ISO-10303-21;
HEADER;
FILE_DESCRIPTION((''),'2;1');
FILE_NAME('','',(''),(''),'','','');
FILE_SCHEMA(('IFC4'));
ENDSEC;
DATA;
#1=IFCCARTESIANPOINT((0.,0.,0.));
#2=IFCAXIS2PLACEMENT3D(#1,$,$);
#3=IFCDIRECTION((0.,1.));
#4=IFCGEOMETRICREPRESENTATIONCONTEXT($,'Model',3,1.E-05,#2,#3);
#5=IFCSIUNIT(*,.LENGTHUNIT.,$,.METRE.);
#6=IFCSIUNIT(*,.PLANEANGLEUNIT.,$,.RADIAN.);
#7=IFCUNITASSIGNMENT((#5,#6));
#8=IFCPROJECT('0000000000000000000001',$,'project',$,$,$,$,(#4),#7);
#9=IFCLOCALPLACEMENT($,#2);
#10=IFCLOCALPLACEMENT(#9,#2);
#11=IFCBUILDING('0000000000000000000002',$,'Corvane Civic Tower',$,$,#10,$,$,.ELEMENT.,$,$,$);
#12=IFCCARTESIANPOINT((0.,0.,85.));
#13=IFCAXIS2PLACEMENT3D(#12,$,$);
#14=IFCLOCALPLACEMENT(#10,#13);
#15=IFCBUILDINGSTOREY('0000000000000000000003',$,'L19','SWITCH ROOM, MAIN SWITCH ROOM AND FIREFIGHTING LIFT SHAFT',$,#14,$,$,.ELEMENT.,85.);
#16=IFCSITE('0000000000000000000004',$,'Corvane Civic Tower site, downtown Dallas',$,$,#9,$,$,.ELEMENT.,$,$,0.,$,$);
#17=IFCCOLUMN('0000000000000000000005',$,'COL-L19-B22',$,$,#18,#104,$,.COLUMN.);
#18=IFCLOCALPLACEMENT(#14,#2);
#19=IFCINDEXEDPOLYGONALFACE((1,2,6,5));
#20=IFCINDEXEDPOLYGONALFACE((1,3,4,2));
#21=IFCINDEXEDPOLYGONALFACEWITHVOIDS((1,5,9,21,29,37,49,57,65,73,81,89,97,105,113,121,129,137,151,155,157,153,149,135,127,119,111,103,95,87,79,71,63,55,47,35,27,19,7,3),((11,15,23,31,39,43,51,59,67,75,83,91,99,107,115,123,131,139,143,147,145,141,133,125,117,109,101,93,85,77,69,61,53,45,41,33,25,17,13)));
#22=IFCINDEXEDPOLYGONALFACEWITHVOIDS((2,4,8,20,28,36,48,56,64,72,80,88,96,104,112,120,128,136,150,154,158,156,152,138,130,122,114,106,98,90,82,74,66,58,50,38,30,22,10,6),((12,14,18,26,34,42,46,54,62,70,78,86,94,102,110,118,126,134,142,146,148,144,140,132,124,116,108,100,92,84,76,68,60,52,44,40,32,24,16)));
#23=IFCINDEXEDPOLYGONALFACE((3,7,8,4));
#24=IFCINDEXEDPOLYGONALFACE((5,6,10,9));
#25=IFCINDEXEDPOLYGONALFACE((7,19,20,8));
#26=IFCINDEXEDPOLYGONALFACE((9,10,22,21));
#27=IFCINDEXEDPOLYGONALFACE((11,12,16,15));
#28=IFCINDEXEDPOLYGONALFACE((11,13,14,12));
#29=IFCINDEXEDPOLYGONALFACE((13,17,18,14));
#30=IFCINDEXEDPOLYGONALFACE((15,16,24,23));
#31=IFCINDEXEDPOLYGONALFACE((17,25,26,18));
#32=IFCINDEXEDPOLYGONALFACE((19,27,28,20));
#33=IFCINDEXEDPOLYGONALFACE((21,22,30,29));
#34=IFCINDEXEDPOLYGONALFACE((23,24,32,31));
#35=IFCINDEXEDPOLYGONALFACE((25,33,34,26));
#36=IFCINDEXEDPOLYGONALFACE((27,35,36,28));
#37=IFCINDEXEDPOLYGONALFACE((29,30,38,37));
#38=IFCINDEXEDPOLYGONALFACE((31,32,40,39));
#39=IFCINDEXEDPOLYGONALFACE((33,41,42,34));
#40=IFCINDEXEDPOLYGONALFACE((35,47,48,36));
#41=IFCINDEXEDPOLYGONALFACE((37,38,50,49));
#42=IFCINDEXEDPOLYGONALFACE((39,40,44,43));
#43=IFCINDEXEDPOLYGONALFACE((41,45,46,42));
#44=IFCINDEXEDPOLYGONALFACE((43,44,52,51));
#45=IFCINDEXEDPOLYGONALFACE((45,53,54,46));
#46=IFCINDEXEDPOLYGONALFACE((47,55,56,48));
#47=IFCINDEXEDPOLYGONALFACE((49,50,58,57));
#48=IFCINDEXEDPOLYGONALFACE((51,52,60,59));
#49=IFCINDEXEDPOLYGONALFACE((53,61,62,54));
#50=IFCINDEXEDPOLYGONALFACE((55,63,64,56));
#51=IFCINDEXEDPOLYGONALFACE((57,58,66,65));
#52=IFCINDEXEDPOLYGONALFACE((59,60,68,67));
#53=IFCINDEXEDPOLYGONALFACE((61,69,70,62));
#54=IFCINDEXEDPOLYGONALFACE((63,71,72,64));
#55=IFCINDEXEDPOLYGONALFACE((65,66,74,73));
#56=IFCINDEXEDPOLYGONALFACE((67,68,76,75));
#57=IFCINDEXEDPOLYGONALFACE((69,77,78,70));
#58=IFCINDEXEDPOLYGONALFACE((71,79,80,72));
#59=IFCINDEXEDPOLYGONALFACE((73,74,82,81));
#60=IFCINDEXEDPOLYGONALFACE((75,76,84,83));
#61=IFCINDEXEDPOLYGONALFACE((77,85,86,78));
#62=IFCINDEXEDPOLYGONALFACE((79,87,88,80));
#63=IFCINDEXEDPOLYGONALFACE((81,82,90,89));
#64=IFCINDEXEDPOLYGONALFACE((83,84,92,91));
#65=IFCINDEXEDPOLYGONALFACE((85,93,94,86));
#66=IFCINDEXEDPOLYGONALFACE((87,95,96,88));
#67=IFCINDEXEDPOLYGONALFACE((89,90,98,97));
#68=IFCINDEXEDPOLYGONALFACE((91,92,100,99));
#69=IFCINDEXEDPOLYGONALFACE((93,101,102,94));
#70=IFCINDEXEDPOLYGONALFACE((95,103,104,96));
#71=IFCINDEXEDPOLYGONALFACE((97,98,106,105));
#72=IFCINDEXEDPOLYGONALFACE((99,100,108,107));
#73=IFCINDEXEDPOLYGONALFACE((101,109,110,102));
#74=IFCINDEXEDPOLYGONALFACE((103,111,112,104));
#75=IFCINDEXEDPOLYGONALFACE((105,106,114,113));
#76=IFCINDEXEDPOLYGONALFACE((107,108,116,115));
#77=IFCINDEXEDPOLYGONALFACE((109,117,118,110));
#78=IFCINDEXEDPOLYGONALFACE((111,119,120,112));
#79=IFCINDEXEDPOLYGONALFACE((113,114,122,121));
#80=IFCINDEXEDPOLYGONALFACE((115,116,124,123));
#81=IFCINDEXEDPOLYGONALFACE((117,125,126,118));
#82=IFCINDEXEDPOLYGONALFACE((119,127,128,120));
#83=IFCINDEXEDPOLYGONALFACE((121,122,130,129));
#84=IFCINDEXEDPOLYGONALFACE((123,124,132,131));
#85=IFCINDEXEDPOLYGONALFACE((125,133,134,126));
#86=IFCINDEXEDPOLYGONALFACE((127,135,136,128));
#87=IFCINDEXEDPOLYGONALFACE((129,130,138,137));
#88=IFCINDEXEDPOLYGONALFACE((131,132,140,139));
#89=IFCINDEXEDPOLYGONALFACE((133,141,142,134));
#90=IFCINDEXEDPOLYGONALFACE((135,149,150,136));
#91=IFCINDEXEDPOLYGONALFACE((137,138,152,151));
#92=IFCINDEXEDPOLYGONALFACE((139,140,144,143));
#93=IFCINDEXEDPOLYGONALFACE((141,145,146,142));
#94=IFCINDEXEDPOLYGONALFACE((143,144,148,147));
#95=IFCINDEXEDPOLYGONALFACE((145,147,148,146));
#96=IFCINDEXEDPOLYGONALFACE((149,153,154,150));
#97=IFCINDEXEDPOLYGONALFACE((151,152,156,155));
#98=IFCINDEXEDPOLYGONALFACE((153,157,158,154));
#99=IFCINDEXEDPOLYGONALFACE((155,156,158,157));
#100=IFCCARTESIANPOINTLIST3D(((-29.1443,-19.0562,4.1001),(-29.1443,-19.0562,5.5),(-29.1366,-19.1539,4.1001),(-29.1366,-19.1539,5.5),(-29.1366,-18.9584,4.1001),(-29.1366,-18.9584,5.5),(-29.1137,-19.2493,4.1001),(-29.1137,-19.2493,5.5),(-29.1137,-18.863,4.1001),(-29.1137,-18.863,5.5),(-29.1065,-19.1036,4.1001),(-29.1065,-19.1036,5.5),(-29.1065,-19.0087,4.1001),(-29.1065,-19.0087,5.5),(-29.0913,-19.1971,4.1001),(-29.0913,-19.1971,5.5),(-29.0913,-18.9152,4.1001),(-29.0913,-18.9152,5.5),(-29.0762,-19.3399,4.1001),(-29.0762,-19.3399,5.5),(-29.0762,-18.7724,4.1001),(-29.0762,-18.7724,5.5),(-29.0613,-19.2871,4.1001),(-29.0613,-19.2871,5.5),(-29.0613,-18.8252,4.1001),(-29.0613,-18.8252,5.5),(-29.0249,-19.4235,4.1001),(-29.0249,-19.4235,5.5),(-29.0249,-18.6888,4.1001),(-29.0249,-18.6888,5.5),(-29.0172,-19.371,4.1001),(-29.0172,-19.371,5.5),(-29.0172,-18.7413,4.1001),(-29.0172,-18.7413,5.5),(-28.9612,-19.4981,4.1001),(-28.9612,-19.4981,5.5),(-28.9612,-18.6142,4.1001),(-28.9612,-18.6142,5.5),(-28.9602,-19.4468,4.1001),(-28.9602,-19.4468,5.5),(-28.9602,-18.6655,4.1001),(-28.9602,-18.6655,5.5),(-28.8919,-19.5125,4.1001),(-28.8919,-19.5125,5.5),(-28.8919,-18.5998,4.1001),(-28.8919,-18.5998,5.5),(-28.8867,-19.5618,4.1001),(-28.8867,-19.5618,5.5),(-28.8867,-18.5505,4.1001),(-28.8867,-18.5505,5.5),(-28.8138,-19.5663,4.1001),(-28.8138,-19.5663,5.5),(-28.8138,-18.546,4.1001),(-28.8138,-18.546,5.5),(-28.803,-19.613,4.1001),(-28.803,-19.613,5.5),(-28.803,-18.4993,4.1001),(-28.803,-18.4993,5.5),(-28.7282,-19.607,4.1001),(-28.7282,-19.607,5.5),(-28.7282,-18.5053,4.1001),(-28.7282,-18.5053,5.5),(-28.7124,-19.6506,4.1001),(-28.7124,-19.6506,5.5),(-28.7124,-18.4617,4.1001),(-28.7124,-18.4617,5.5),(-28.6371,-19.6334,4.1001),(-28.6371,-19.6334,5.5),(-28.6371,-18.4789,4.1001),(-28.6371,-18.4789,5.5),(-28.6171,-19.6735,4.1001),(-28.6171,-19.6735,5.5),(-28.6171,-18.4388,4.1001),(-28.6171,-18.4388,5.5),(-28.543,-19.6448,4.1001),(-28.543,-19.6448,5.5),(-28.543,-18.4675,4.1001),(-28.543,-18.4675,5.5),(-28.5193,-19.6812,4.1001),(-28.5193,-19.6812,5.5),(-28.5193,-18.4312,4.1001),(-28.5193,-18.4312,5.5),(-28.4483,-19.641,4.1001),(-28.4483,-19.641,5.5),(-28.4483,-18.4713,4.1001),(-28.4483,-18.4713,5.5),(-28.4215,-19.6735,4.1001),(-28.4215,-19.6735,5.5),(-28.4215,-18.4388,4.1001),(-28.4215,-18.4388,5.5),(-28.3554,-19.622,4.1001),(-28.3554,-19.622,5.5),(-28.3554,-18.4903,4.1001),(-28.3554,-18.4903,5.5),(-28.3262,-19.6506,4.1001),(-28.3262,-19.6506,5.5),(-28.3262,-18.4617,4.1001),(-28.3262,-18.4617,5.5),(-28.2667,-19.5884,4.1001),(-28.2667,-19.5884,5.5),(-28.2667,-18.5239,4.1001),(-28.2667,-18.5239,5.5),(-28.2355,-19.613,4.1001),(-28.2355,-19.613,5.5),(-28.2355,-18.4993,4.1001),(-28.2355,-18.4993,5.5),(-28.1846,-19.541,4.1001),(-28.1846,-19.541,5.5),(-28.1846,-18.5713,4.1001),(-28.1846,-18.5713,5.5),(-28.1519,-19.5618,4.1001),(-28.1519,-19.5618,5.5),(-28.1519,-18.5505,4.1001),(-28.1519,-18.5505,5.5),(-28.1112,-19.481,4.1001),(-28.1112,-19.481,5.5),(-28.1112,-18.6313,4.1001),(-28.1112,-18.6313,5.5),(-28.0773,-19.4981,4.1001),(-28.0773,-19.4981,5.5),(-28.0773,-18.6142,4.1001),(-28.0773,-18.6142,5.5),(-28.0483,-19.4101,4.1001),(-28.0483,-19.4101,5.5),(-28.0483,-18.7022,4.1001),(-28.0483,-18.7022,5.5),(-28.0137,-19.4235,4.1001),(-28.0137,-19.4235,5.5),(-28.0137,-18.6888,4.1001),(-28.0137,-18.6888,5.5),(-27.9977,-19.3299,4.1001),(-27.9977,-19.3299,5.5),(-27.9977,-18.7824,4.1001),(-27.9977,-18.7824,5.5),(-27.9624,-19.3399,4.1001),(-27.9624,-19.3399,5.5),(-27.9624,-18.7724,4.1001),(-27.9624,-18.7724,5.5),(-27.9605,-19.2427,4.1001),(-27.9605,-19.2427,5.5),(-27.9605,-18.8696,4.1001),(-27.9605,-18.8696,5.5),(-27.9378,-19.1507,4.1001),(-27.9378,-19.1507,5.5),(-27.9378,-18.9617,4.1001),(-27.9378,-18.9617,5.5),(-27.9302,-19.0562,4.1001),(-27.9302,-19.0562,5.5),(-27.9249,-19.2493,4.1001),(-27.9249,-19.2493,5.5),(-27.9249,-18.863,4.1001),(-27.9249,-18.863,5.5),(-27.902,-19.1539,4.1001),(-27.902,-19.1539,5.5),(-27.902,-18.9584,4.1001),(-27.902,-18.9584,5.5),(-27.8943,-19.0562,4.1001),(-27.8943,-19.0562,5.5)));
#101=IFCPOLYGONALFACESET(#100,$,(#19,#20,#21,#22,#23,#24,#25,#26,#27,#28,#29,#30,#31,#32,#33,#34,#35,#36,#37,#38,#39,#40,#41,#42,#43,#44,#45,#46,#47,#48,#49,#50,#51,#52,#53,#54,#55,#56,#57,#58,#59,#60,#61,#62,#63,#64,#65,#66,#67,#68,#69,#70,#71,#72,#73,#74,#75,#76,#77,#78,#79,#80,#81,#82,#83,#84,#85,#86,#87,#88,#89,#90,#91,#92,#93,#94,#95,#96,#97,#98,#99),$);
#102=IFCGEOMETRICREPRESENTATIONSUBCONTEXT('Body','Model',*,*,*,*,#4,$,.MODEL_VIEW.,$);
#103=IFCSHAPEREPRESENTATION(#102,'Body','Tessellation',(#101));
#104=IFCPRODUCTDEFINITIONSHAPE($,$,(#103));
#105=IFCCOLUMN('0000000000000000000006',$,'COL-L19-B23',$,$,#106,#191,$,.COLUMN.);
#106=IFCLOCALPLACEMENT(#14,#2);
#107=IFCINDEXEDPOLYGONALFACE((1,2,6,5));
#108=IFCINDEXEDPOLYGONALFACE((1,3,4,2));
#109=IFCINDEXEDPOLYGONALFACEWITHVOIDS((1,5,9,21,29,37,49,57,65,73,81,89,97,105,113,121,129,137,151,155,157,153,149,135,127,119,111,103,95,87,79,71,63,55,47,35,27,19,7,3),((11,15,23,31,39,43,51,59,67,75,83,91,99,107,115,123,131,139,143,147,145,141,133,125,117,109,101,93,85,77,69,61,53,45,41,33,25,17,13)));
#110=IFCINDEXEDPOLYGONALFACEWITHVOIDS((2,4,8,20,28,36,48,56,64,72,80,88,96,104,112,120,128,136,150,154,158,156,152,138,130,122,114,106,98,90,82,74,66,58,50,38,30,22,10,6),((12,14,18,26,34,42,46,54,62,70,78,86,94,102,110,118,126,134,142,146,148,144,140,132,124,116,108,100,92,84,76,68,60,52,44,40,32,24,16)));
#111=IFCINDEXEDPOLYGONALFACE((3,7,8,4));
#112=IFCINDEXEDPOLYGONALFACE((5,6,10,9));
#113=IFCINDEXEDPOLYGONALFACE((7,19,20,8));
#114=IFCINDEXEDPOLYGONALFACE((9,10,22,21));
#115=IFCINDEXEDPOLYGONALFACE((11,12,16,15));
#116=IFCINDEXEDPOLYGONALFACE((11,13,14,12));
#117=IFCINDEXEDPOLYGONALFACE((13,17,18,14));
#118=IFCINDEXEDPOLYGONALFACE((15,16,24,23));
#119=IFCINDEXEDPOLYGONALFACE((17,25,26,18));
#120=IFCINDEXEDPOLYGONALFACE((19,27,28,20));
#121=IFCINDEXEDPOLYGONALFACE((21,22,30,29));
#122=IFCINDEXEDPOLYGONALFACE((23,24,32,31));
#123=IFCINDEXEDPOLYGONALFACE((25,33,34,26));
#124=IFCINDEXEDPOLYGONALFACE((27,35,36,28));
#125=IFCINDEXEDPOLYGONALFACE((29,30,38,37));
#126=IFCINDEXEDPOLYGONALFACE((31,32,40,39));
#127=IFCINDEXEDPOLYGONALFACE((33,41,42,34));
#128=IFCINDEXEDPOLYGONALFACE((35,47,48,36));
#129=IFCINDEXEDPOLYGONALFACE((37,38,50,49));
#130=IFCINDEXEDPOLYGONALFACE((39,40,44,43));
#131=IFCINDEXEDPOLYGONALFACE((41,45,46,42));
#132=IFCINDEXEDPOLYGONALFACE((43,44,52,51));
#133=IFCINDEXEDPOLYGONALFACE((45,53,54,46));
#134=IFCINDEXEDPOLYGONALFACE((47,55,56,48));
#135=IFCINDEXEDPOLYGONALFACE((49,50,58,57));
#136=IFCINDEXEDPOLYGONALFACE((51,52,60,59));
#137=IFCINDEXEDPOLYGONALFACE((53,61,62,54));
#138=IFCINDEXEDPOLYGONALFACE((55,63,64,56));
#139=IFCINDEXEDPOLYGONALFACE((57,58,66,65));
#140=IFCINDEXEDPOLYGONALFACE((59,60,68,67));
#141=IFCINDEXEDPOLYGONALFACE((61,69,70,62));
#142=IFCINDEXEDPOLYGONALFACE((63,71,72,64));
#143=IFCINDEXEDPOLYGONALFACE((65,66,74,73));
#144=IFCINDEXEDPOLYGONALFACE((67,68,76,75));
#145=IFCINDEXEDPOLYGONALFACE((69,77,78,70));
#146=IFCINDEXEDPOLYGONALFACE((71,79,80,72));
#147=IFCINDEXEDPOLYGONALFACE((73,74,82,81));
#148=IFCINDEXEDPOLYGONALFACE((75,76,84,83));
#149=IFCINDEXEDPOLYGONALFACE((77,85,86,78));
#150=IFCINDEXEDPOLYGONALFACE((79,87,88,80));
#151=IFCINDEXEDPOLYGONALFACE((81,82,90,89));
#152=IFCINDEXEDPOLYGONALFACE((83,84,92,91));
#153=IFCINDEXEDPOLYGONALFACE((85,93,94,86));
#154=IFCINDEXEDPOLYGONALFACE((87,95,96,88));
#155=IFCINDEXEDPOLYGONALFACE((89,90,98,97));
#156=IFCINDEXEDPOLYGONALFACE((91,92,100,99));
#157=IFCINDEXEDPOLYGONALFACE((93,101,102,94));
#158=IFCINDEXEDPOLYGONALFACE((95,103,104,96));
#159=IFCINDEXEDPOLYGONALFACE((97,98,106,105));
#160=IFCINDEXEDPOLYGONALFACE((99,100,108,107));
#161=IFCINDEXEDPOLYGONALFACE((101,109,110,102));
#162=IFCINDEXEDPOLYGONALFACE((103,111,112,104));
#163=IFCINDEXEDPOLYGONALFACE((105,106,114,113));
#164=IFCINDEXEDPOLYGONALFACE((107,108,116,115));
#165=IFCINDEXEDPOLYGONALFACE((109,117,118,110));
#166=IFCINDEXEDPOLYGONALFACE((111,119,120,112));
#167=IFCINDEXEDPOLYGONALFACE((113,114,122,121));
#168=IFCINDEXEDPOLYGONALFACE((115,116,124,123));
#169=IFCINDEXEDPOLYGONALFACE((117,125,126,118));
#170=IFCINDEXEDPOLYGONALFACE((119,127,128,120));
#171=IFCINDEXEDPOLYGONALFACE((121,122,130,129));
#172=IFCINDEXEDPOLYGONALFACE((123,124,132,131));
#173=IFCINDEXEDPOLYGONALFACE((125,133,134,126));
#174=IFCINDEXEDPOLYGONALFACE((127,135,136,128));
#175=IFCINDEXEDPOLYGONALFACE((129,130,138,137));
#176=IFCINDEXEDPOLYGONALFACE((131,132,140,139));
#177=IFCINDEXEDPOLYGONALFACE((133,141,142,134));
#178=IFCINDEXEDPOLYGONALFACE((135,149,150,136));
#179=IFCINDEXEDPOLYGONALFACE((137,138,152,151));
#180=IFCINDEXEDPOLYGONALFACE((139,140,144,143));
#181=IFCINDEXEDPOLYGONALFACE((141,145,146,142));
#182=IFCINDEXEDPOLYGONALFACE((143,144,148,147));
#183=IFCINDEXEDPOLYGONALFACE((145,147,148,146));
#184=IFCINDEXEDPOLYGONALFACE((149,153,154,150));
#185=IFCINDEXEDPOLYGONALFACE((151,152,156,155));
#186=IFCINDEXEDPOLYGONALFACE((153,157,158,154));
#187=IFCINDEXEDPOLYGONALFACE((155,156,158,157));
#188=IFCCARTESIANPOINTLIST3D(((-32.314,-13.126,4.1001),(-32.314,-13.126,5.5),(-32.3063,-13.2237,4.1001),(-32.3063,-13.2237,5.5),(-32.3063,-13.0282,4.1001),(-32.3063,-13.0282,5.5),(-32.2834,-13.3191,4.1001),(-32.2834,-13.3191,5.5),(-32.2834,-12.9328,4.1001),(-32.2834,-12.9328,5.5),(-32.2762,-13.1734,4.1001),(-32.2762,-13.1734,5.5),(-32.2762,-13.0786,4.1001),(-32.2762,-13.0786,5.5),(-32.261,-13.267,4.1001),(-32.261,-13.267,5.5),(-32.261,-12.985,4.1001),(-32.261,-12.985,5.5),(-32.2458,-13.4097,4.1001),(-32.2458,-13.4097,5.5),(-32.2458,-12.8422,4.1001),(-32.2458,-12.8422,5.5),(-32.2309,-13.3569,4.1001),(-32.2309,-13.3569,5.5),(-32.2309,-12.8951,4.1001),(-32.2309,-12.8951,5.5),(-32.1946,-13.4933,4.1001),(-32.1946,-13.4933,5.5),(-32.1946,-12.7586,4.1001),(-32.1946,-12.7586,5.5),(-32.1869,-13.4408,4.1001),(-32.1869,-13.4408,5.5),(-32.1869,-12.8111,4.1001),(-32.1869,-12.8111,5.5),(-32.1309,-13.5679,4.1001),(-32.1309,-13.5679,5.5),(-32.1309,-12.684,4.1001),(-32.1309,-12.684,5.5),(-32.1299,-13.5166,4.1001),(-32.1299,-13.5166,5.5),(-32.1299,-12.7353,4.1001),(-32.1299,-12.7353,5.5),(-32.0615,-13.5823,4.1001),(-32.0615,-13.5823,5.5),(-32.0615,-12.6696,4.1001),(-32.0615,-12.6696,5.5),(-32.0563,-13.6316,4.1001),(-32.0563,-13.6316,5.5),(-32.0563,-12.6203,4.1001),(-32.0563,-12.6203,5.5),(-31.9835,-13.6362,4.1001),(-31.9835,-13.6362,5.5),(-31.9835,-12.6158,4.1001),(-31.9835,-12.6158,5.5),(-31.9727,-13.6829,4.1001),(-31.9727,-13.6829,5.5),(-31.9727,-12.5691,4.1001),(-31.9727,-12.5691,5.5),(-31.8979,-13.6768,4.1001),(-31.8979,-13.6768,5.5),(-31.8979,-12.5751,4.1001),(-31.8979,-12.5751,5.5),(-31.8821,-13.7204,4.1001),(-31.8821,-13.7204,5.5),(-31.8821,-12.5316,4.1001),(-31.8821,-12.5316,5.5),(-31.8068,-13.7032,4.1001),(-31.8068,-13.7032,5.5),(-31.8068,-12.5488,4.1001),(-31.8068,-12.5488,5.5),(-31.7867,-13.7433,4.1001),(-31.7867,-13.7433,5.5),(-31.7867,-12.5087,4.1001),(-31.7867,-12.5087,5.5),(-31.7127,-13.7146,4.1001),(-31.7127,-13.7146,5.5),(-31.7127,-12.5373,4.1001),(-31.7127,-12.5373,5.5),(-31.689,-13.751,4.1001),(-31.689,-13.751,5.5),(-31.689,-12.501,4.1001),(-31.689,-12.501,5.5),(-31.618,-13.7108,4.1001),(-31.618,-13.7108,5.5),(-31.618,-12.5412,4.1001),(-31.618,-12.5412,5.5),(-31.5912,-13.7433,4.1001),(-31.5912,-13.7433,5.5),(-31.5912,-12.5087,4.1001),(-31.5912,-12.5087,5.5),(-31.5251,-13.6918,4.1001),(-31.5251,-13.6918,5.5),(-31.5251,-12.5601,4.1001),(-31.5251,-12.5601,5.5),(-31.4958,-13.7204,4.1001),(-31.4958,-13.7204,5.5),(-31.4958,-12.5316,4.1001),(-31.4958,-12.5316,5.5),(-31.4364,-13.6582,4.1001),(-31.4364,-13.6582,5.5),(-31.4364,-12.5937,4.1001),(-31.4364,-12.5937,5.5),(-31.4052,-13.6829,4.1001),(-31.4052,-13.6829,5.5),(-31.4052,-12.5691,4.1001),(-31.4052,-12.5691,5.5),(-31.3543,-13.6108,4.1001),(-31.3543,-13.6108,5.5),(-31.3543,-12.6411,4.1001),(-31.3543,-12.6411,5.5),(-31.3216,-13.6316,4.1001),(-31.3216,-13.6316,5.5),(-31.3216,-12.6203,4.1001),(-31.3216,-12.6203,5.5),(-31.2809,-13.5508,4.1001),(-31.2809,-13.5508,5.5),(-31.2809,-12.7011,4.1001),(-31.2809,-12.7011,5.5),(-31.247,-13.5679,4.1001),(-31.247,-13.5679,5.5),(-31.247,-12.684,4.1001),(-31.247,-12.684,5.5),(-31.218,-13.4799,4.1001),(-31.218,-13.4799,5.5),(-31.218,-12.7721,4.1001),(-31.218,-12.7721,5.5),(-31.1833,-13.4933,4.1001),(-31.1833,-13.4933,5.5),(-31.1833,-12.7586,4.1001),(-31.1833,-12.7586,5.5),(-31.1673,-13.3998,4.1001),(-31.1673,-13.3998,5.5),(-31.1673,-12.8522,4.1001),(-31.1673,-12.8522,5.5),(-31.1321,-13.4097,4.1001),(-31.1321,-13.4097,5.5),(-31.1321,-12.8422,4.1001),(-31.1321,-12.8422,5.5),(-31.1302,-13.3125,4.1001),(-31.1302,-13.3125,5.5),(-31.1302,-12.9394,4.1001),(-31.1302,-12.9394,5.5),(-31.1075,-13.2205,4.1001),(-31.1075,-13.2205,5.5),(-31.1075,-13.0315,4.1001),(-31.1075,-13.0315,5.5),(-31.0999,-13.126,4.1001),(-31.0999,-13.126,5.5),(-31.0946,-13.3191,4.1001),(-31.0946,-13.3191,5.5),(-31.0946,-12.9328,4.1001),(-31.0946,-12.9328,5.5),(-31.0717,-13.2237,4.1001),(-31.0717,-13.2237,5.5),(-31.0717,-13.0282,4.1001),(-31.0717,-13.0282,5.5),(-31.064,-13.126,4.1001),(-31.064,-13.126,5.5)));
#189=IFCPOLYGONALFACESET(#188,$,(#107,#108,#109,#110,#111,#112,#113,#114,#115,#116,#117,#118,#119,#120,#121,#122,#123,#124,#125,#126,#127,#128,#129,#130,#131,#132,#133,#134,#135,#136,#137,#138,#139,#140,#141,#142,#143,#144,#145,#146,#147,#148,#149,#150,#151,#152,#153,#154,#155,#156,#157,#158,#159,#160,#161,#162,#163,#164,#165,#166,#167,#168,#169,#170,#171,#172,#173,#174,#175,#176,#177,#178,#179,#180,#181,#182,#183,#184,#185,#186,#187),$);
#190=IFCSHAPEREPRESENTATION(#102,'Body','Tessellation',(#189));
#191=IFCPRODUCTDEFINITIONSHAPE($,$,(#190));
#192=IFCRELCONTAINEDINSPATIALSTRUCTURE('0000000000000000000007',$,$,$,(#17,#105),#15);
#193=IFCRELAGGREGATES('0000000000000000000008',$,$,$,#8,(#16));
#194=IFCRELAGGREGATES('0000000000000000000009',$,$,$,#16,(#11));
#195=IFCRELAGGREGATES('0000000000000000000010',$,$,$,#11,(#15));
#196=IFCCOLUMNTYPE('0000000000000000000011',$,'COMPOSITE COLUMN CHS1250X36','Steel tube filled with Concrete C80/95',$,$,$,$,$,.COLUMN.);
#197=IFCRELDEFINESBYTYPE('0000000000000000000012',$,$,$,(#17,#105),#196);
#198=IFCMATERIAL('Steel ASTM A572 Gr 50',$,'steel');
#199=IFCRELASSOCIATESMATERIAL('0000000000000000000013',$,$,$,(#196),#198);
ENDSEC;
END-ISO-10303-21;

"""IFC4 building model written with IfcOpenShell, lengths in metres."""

from ifc_helpers import new_model, si_unit, direction, frame, origin, origin_2d, place, context, subcontext, project, spatial, hollow_circle, extrude, material, material_profile, profile_set, type_object, element, save


model = new_model("IFC4")

# Units and contexts
model_context = context("Model", 3, precision=1e-05, world=origin(), true_north=direction((0.0, 1.0)))
body_context = subcontext(model_context, "Body", "Model", "MODEL_VIEW")
ifc_project = project(units=[si_unit("LENGTHUNIT", "METRE"), si_unit("PLANEANGLEUNIT", "RADIAN")], contexts=[model_context])

# Site, building, storey
site_placement = place(None, origin())
site = spatial("IfcSite", under=ifc_project, at=site_placement, Name="Corvane Civic Tower site, downtown Dallas", CompositionType="ELEMENT", RefElevation=0.0)
building_placement = place(site_placement, origin())
building = spatial("IfcBuilding", under=site, at=building_placement, Name="Corvane Civic Tower", CompositionType="ELEMENT")
storey_placement = place(building_placement, frame((0.0, 0.0, 85.0)))
storey = spatial("IfcBuildingStorey", under=building, at=storey_placement, Name="L19", Description="SWITCH ROOM, MAIN SWITCH ROOM AND FIREFIGHTING LIFT SHAFT", CompositionType="ELEMENT", Elevation=85.0)

# Columns
ifc_material_1 = material(Name="Steel ASTM A572 Gr 50", Category="steel")
ifc_material_profile_1 = material_profile(ifc_material_1, hollow_circle(Radius=0.625, WallThickness=0.0359, at=origin_2d()), Name="CHS1250X36")
ifc_profile_set_1 = profile_set([ifc_material_profile_1], Name="Steel ASTM A572 Gr 50")
column_type = type_object("IfcColumnType", Name="COMPOSITE COLUMN CHS1250X36", Description="Steel tube filled with Concrete C80/95", PredefinedType="COLUMN", material=ifc_profile_set_1)
for number, where, z_axis, x_axis, name in (
    (1, (-28.5193, -19.0562, 4.1001), (0.0, 0.0, 1.0), (1.0, 0.0, 0.0), "COL-L19-B22"),
    (2, (-31.689, -13.126, 4.1001), (0.0, 0.0, 1.0), (1.0, 0.0, 0.0), "COL-L19-B23"),
):
    element("IfcColumn", number, at=place(storey_placement, frame(where, z_axis=z_axis, x_axis=x_axis)), inside=storey, type_object=column_type, Name=name, PredefinedType="COLUMN", context=body_context, shape_type="SweptSolid", body=[
        extrude(hollow_circle(Radius=0.625, WallThickness=0.0359, at=origin_2d()), origin(), (0.0, 0.0, 1.0), 1.3999),
    ])

save(model, "model.ifc")
